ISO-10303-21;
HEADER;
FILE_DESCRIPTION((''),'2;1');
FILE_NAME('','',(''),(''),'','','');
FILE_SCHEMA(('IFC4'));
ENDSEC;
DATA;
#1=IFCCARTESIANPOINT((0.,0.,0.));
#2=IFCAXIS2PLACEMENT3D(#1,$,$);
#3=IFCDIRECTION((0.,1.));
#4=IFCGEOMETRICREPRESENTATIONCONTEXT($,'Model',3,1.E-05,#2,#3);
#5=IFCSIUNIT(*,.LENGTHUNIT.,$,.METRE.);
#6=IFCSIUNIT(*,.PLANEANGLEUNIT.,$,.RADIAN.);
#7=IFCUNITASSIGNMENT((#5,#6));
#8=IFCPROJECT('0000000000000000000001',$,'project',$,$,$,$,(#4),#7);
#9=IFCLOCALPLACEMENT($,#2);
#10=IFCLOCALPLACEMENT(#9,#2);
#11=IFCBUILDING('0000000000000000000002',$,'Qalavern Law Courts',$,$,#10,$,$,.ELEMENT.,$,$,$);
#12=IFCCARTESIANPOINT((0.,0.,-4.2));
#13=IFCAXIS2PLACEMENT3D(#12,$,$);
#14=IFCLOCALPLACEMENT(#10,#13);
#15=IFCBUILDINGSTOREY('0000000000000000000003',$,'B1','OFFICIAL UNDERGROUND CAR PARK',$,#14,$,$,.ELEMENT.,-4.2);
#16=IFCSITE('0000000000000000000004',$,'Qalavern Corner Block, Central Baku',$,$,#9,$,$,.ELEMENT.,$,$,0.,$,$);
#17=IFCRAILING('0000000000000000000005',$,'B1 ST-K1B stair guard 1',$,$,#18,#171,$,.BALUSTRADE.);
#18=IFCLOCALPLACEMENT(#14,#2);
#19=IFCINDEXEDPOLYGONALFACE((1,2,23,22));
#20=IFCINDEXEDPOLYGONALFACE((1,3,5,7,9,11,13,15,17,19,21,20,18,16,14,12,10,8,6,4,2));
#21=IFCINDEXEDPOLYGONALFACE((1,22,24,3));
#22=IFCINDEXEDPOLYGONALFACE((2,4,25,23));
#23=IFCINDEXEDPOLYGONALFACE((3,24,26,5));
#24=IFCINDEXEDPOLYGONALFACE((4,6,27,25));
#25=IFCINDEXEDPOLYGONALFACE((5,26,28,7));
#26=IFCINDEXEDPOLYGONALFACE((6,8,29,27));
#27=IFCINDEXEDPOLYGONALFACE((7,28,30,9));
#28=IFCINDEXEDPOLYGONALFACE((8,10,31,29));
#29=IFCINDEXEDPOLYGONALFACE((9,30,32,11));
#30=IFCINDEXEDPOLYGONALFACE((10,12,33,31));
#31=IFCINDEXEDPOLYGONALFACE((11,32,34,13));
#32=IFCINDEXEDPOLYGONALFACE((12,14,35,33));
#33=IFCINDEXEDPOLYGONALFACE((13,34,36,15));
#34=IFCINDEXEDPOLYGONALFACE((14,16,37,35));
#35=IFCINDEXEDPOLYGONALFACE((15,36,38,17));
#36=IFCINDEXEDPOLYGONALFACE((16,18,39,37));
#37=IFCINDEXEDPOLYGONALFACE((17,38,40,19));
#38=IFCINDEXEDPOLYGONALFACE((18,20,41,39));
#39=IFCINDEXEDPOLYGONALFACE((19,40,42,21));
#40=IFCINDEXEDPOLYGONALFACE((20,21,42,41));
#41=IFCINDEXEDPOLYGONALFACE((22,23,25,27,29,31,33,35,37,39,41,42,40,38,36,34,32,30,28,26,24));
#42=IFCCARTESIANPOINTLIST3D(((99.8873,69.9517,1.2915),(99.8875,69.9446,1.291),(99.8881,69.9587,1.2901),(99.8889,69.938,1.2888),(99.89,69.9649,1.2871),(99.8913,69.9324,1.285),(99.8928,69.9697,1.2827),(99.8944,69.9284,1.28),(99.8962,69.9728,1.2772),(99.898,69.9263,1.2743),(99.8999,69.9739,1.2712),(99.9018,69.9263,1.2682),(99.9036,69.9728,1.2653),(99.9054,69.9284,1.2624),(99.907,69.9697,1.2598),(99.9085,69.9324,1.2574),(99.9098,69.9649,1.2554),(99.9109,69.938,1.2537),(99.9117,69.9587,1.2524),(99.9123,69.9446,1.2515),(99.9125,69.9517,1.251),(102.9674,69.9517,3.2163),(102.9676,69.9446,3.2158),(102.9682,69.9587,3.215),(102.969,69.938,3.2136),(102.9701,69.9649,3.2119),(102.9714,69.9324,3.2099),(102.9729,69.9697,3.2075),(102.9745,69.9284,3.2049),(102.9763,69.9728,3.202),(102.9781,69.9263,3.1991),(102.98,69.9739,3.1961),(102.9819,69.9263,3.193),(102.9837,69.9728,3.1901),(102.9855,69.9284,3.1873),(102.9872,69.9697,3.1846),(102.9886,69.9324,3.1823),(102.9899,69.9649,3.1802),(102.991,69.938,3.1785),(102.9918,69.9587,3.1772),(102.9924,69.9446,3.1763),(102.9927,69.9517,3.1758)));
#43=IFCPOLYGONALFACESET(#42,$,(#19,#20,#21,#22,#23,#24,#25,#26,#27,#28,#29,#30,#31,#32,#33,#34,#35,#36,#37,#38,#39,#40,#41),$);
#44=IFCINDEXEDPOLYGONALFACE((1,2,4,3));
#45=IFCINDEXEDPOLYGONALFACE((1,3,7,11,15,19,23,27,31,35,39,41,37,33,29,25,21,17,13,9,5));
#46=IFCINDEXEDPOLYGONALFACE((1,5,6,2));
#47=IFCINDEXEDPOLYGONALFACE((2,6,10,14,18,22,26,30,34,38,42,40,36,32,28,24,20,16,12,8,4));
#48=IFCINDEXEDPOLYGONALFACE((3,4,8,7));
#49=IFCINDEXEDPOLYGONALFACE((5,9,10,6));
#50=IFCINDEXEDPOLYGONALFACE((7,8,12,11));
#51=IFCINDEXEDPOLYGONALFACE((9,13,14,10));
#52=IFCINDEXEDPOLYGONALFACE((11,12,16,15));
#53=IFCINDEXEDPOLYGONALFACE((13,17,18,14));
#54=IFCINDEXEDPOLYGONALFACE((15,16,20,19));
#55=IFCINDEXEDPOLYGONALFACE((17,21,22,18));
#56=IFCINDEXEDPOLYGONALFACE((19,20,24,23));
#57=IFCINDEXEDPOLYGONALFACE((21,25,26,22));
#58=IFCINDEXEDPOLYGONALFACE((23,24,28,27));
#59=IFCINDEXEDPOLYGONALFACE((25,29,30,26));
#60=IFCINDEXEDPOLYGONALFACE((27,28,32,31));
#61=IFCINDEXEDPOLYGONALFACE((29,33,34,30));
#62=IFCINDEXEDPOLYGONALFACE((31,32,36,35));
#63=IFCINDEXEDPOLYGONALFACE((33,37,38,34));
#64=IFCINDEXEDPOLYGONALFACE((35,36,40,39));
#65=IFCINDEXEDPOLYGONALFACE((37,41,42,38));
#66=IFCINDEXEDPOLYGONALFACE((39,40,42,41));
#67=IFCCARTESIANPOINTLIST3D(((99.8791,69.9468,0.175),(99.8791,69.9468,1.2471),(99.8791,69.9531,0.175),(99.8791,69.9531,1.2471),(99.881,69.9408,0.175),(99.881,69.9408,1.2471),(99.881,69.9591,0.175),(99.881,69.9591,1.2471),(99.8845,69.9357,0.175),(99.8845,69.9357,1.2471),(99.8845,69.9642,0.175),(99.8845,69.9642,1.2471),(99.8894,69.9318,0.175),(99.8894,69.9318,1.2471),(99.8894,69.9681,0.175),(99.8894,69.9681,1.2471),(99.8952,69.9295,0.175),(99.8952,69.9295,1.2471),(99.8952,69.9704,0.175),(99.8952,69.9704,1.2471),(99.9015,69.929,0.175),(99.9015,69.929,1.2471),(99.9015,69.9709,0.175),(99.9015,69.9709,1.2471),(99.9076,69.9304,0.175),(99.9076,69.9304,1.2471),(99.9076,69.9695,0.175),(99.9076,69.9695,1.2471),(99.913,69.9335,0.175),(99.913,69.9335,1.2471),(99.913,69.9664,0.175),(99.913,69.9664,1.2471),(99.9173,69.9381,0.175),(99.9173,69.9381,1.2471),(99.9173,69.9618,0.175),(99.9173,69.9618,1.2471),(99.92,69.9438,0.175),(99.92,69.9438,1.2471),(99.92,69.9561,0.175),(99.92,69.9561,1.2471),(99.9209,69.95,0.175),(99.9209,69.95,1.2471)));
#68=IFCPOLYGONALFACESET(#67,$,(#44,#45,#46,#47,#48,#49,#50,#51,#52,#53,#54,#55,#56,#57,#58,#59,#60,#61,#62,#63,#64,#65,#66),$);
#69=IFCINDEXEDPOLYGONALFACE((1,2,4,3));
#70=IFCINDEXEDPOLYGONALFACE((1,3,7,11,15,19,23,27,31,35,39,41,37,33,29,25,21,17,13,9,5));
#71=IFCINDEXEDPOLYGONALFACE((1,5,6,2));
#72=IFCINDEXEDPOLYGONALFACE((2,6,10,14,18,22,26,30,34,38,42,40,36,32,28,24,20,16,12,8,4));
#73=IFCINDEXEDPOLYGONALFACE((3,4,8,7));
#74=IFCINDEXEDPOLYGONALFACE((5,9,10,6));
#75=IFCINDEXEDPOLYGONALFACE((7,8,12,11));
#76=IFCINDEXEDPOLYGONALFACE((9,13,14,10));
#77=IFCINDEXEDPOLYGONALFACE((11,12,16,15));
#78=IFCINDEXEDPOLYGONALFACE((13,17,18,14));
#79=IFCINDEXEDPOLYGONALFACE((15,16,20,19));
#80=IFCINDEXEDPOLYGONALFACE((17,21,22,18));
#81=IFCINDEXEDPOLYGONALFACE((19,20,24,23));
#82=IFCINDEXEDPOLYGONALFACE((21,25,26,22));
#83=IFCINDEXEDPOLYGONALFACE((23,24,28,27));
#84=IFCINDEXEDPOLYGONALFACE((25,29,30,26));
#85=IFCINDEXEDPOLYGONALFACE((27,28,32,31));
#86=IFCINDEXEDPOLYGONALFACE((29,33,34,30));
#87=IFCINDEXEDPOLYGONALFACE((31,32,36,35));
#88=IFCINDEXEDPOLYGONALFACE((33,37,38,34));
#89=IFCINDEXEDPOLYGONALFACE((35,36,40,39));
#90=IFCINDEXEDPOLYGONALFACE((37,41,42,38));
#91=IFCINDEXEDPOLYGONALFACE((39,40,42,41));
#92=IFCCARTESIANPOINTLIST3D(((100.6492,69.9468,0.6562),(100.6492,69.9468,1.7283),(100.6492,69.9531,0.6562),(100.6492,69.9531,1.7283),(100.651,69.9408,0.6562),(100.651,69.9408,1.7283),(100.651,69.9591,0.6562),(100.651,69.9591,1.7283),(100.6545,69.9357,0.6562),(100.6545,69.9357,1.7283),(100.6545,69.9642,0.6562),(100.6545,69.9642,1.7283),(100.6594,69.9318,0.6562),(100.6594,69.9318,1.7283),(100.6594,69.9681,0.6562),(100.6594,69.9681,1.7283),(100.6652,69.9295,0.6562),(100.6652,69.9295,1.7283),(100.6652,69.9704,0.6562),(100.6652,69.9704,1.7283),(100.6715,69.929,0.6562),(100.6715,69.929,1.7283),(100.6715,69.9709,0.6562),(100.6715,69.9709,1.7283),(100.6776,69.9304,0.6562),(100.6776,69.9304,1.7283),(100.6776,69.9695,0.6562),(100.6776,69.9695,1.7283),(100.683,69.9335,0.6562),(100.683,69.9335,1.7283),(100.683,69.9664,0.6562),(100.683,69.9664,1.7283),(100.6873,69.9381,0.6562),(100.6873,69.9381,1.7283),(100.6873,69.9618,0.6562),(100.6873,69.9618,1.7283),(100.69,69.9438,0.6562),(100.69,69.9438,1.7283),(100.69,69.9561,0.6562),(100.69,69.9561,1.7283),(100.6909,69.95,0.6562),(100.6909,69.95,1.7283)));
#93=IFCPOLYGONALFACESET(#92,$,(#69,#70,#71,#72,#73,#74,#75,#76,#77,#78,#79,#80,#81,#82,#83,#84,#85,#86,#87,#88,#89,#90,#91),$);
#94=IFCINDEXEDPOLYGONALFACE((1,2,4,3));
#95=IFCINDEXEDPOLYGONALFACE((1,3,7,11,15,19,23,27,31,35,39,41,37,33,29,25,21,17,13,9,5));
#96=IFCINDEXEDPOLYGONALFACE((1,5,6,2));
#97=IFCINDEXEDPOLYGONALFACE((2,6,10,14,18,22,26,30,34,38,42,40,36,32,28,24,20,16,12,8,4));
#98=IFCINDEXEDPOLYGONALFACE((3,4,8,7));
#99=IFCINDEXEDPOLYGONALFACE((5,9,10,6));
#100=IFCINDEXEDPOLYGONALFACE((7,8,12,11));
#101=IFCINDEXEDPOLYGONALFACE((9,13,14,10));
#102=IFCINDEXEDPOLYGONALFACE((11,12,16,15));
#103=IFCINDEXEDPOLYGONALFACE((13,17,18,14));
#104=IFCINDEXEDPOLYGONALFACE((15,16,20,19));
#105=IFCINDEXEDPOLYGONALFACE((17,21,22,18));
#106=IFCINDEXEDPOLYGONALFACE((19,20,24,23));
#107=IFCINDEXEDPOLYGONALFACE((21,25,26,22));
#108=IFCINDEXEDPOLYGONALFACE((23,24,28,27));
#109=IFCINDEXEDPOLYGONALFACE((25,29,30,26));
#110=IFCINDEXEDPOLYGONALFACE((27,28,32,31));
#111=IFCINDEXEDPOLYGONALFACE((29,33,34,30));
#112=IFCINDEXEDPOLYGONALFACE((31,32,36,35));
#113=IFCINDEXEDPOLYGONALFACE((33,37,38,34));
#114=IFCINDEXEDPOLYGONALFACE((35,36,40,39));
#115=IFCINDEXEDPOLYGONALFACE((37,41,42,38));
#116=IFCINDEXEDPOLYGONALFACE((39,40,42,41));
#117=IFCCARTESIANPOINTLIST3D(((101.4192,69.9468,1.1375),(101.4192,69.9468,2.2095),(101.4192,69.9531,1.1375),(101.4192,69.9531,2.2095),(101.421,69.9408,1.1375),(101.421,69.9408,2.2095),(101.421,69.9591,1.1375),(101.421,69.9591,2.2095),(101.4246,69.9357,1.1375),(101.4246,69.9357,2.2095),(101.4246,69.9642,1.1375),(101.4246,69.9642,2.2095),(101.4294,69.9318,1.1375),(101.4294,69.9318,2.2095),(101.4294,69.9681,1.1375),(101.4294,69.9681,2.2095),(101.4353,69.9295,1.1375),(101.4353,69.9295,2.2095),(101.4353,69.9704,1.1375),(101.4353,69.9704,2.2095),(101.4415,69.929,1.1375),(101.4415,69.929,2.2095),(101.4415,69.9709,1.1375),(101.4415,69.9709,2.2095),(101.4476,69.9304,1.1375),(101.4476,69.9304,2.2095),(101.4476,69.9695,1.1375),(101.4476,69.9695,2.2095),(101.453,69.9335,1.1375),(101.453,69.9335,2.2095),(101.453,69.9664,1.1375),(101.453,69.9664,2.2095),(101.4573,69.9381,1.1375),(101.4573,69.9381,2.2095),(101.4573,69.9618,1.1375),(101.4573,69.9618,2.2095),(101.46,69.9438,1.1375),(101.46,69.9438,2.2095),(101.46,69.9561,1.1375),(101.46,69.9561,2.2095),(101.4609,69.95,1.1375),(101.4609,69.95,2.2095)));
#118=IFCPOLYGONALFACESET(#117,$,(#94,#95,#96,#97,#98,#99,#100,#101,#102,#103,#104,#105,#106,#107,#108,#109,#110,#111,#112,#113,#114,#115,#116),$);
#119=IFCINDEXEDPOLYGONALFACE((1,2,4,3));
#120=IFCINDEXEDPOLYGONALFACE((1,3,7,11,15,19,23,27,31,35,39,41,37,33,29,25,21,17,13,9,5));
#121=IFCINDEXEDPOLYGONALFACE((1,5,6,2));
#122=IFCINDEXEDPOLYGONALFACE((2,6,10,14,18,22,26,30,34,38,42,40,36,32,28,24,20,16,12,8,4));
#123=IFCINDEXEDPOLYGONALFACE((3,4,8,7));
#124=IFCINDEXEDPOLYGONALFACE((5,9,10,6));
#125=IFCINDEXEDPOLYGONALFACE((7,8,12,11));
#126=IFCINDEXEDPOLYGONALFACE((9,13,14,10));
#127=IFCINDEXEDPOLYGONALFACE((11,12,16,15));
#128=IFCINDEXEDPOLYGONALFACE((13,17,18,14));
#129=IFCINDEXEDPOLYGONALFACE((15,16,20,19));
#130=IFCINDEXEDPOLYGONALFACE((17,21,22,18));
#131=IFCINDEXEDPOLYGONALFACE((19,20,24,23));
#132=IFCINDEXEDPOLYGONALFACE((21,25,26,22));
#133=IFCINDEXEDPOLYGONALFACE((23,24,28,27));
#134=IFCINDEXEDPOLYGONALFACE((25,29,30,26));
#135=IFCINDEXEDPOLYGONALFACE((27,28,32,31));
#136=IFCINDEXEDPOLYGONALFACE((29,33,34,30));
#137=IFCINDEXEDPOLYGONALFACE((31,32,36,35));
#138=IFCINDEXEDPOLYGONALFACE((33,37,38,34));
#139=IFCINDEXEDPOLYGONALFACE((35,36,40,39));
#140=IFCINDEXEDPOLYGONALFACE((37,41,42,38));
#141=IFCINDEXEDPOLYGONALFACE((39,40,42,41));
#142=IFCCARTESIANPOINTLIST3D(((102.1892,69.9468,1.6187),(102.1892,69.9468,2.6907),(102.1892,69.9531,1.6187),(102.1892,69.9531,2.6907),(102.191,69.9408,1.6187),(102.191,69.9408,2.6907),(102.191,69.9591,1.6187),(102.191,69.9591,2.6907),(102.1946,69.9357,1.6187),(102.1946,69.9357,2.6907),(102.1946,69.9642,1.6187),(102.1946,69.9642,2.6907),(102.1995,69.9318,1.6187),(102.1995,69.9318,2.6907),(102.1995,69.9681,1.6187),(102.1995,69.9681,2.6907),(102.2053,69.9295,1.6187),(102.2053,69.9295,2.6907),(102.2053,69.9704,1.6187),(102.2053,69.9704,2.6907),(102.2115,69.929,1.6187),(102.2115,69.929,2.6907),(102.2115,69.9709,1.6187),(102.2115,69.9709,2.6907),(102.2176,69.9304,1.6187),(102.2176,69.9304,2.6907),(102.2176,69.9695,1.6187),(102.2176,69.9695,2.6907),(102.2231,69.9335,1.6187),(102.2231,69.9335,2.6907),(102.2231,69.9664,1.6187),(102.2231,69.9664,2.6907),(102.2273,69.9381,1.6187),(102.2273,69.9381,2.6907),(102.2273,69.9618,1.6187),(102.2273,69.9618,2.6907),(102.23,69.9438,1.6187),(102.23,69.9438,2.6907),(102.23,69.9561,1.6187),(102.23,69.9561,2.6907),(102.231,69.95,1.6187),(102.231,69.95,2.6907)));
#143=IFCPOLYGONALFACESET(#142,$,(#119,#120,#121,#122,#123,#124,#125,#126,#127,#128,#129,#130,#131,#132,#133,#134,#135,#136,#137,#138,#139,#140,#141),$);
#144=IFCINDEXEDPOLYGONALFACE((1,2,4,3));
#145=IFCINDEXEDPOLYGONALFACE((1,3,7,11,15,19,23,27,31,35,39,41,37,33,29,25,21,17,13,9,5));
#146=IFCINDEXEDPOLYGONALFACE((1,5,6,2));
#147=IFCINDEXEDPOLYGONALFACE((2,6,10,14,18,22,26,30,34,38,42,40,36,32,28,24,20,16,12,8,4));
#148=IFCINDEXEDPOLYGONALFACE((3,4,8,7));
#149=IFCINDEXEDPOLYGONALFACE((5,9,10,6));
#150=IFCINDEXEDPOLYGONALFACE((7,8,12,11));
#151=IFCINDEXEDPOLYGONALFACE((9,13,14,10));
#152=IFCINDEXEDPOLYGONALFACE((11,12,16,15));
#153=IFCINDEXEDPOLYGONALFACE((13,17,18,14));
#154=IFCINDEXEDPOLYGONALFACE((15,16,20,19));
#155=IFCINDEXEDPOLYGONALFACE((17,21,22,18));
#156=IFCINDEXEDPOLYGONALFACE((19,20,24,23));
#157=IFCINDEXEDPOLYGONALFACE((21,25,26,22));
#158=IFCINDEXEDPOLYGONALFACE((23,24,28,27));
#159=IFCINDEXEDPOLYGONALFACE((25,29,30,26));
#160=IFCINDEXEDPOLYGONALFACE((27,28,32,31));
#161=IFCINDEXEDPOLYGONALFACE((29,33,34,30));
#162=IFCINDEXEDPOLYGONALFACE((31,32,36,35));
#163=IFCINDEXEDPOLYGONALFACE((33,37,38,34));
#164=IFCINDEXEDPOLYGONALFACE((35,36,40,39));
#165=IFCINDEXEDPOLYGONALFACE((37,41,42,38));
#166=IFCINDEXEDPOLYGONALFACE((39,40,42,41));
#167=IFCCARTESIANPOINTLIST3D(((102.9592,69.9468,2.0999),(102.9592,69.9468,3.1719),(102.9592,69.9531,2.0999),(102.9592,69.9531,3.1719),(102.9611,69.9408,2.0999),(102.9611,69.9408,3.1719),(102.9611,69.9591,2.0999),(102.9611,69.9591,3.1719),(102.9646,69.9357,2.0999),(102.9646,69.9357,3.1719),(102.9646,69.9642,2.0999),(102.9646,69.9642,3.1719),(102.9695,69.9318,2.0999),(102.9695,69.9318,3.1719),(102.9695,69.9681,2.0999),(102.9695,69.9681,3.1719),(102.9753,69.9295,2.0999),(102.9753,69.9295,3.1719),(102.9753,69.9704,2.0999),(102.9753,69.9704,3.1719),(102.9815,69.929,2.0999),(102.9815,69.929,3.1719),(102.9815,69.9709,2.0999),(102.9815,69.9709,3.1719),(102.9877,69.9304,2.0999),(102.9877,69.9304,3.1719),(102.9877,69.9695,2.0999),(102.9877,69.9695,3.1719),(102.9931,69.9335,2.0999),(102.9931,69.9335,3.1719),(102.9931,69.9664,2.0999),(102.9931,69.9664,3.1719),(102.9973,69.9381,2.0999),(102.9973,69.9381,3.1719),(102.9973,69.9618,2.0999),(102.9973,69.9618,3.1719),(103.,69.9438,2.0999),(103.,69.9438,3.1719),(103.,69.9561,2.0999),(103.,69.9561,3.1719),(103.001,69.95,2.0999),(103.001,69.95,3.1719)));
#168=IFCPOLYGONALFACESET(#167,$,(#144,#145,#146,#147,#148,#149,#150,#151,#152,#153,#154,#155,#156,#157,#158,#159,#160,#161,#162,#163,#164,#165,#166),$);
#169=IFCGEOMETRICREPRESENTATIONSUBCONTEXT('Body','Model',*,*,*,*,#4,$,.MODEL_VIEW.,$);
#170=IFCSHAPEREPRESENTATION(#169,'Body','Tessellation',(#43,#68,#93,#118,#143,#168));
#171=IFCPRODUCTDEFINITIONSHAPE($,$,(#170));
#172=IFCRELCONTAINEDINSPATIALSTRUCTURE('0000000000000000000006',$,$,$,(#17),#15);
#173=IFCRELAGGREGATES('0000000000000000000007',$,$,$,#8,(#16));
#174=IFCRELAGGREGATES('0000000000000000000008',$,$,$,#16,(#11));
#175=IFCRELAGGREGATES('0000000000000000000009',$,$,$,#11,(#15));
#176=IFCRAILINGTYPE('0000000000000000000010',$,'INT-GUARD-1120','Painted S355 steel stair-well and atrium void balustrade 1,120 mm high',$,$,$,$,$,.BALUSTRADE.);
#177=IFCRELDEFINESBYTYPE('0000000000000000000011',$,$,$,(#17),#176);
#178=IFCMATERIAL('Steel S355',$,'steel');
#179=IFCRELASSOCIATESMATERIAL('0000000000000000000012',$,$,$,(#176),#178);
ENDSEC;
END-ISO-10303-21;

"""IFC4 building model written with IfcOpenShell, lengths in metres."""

from ifc_helpers import new_model, si_unit, direction, frame, origin, origin_2d, place, context, subcontext, project, spatial, circle, extrude, material, type_object, element, save


model = new_model("IFC4")

# Units and contexts
model_context = context("Model", 3, precision=1e-05, world=origin(), true_north=direction((0.0, 1.0)))
body_context = subcontext(model_context, "Body", "Model", "MODEL_VIEW")
ifc_project = project(units=[si_unit("LENGTHUNIT", "METRE"), si_unit("PLANEANGLEUNIT", "RADIAN")], contexts=[model_context])

# Site, building, storey
site_placement = place(None, origin())
site = spatial("IfcSite", under=ifc_project, at=site_placement, Name="Qalavern Corner Block, Central Baku", CompositionType="ELEMENT", RefElevation=0.0)
building_placement = place(site_placement, origin())
building = spatial("IfcBuilding", under=site, at=building_placement, Name="Qalavern Law Courts", CompositionType="ELEMENT")
storey_placement = place(building_placement, frame((0.0, 0.0, -4.2)))
storey = spatial("IfcBuildingStorey", under=building, at=storey_placement, Name="B1", Description="OFFICIAL UNDERGROUND CAR PARK", CompositionType="ELEMENT", Elevation=-4.2)

# Shared definitions
ifc_material_1 = material(Name="Steel S355", Category="steel")

# Railing
railing_type_1 = type_object("IfcRailingType", Name="INT-GUARD-1120", Description="Painted S355 steel stair-well and atrium void balustrade 1,120 mm high", PredefinedType="BALUSTRADE", material=ifc_material_1)
railing_1_placement = place(storey_placement, frame((99.8999, 69.95, 0.175)))
element("IfcRailing", 1, at=railing_1_placement, inside=storey, type_object=railing_type_1, Name="B1 ST-K1B stair guard 1", PredefinedType="BALUSTRADE", context=body_context, shape_type="SweptSolid", body=[
    extrude(circle(Radius=0.0239, at=origin_2d()), frame((0.0, 0.0, 1.0962), z_axis=(0.848029, 0.0, 0.529951), x_axis=(0.0, 1.0, 0.0)), (0.0, 0.0, 1.0), 3.6321),
    extrude(circle(Radius=0.021, at=origin_2d()), origin(), (0.0, 0.0, 1.0), 1.072),
    extrude(circle(Radius=0.021, at=origin_2d()), frame((0.77, 0.0, 0.4812)), (0.0, 0.0, 1.0), 1.072),
    extrude(circle(Radius=0.021, at=origin_2d()), frame((1.54, 0.0, 0.9624)), (0.0, 0.0, 1.0), 1.072),
    extrude(circle(Radius=0.021, at=origin_2d()), frame((2.3101, 0.0, 1.4436)), (0.0, 0.0, 1.0), 1.072),
    extrude(circle(Radius=0.021, at=origin_2d()), frame((3.0801, 0.0, 1.9248)), (0.0, 0.0, 1.0), 1.072),
])

save(model, "model.ifc")
